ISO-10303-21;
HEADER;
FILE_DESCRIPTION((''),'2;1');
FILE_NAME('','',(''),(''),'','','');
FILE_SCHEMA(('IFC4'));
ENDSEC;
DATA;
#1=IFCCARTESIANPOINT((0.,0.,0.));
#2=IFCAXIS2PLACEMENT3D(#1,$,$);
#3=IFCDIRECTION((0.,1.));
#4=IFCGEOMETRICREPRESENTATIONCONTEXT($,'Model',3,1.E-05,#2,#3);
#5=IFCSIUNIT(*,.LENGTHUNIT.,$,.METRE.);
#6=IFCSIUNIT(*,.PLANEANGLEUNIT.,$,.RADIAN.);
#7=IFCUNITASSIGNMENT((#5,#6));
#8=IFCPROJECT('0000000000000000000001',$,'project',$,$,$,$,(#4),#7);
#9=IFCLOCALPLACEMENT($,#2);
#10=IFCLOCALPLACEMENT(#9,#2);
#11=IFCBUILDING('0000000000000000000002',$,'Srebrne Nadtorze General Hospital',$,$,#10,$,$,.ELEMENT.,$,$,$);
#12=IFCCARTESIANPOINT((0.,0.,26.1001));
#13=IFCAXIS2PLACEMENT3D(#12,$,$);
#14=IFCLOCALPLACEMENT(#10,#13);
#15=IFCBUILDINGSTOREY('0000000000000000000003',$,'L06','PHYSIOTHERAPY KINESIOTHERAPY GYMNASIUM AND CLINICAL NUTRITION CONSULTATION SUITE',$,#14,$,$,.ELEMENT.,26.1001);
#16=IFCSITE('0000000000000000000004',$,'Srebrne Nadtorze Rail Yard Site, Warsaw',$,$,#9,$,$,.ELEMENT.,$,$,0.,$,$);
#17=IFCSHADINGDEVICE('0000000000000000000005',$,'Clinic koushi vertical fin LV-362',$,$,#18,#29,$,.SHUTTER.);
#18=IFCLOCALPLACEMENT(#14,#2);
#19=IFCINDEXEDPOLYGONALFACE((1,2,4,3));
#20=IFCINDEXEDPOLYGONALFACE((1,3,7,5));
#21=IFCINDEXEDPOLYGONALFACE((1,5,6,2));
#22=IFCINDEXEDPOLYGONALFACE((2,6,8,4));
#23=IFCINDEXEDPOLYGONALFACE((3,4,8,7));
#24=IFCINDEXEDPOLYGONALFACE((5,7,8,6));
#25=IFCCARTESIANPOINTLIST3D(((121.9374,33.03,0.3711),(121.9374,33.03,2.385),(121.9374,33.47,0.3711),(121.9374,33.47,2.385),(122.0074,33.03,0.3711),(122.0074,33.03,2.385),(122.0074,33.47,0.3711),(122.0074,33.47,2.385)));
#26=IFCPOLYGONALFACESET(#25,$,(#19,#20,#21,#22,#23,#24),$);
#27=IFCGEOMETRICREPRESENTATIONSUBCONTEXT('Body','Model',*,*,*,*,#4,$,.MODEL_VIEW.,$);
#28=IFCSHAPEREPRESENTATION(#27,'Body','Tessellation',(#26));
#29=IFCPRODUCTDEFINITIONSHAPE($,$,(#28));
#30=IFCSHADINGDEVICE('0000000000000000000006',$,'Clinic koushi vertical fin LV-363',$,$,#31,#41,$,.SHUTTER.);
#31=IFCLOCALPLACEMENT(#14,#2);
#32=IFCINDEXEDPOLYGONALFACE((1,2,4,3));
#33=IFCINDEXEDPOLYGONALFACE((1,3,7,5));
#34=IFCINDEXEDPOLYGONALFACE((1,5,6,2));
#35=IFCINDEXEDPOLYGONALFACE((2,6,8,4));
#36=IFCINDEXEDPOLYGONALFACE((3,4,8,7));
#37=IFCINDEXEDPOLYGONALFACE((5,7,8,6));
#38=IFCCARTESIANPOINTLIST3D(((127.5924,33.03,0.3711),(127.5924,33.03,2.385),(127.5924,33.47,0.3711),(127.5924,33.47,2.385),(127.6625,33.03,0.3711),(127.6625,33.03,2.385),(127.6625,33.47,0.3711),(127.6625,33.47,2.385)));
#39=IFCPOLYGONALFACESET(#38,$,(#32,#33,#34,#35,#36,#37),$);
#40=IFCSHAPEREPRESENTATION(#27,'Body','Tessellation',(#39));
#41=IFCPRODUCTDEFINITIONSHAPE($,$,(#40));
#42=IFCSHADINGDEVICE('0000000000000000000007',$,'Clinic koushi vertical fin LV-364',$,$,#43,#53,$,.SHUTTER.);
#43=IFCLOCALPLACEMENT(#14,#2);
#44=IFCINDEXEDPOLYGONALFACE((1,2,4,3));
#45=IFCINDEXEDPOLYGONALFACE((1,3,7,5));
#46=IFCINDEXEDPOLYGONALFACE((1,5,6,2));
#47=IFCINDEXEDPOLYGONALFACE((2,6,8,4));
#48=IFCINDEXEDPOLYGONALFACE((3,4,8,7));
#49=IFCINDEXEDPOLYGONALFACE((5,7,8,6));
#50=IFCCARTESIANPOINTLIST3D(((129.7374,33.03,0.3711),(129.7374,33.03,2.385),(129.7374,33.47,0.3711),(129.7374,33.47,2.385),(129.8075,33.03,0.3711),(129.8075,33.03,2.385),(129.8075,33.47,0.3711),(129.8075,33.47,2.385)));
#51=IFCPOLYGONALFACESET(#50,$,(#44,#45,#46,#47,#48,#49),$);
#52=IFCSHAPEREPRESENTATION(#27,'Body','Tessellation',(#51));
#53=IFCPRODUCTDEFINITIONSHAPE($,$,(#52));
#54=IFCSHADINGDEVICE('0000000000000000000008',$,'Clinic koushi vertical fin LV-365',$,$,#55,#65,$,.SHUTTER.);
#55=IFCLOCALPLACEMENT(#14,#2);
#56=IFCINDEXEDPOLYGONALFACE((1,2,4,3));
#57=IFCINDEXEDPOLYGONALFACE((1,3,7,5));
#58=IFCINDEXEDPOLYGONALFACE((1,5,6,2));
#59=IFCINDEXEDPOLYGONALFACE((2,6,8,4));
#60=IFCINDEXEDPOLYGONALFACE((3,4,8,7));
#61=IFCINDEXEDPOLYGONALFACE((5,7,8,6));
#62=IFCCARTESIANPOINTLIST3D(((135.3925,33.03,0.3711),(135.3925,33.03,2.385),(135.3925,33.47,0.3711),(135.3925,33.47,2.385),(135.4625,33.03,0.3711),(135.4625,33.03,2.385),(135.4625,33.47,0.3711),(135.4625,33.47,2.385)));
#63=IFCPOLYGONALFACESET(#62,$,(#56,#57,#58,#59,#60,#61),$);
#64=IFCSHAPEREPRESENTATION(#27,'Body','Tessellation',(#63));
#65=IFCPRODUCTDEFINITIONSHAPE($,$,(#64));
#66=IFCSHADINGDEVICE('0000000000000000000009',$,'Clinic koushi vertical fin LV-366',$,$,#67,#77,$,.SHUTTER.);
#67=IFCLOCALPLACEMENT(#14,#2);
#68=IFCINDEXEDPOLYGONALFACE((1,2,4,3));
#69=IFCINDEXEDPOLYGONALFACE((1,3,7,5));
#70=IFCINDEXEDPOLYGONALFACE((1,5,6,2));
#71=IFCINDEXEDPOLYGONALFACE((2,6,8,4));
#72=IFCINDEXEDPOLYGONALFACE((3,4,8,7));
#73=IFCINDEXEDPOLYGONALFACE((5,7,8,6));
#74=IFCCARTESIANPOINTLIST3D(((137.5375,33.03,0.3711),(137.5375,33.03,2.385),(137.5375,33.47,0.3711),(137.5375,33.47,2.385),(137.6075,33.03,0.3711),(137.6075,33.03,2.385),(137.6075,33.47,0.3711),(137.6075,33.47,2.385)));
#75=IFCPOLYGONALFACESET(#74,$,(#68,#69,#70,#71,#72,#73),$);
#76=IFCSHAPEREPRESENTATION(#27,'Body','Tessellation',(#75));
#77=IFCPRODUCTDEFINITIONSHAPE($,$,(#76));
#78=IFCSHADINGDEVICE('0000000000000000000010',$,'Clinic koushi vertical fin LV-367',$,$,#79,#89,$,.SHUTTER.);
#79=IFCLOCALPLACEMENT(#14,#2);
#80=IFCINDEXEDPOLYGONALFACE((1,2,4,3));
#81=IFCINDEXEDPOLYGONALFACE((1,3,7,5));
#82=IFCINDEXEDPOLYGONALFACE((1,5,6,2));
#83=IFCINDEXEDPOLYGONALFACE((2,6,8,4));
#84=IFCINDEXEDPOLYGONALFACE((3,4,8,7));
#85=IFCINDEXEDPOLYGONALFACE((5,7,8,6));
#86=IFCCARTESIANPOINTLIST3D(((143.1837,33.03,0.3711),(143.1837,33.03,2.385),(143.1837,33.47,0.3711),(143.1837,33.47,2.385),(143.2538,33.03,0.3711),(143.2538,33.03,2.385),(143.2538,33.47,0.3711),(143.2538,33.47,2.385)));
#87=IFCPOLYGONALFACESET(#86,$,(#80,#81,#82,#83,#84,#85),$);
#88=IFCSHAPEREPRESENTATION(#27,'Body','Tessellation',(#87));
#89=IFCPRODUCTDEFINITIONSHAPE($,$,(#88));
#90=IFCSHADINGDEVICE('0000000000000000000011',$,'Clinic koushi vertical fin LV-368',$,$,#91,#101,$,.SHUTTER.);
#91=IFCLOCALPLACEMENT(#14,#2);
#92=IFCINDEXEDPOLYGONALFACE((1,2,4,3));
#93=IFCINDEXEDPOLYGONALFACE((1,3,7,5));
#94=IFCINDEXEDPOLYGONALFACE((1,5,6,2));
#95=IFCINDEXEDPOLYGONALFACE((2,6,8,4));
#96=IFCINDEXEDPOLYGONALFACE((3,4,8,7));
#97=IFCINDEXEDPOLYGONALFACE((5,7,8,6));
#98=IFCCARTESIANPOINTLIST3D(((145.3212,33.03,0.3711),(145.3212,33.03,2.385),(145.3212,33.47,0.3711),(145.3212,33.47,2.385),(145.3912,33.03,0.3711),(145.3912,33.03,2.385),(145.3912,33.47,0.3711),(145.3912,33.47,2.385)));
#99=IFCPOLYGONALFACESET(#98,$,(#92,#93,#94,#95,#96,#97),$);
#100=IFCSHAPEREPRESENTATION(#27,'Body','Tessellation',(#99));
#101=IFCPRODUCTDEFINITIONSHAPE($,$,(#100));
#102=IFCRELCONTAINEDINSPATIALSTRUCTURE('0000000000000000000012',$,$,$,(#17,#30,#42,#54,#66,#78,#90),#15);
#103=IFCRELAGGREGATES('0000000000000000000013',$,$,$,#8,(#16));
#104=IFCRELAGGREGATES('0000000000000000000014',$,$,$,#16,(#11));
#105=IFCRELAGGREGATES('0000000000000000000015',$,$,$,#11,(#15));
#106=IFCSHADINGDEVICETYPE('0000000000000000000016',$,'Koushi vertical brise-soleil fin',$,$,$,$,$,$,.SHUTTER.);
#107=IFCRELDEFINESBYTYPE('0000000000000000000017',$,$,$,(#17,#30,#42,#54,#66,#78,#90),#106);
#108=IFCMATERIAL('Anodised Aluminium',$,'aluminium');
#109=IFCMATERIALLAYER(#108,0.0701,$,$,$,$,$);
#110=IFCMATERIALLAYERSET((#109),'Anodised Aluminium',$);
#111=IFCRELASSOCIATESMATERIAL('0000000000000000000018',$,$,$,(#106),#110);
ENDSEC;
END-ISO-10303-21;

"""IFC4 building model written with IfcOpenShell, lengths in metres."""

from ifc_helpers import new_model, si_unit, direction, frame, origin, origin_2d, place, context, subcontext, project, spatial, rectangle, extrude, material, layer, layer_set, type_object, element, save


model = new_model("IFC4")

# Units and contexts
model_context = context("Model", 3, precision=1e-05, world=origin(), true_north=direction((0.0, 1.0)))
body_context = subcontext(model_context, "Body", "Model", "MODEL_VIEW")
ifc_project = project(units=[si_unit("LENGTHUNIT", "METRE"), si_unit("PLANEANGLEUNIT", "RADIAN")], contexts=[model_context])

# Site, building, storey
site_placement = place(None, origin())
site = spatial("IfcSite", under=ifc_project, at=site_placement, Name="Srebrne Nadtorze Rail Yard Site, Warsaw", CompositionType="ELEMENT", RefElevation=0.0)
building_placement = place(site_placement, origin())
building = spatial("IfcBuilding", under=site, at=building_placement, Name="Srebrne Nadtorze General Hospital", CompositionType="ELEMENT")
storey_placement = place(building_placement, frame((0.0, 0.0, 26.1001)))
storey = spatial("IfcBuildingStorey", under=building, at=storey_placement, Name="L06", Description="PHYSIOTHERAPY KINESIOTHERAPY GYMNASIUM AND CLINICAL NUTRITION CONSULTATION SUITE", CompositionType="ELEMENT", Elevation=26.1001)

# Shading devices
ifc_material_1 = material(Name="Anodised Aluminium", Category="aluminium")
ifc_layer_1 = layer(ifc_material_1, 0.0701)
ifc_layer_set_1 = layer_set([ifc_layer_1], Name="Anodised Aluminium")
shading_device_type = type_object("IfcShadingDeviceType", Name="Koushi vertical brise-soleil fin", PredefinedType="SHUTTER", material=ifc_layer_set_1)
for number, where, z_axis, x_axis, name in (
    (1, (121.9724, 33.25, 0.3711), (0.0, 0.0, 1.0), (1.0, 0.0, 0.0), "Clinic koushi vertical fin LV-362"),
    (2, (127.6274, 33.25, 0.3711), (0.0, 0.0, 1.0), (1.0, 0.0, 0.0), "Clinic koushi vertical fin LV-363"),
    (3, (129.7725, 33.25, 0.3711), (0.0, 0.0, 1.0), (1.0, 0.0, 0.0), "Clinic koushi vertical fin LV-364"),
    (4, (135.4275, 33.25, 0.3711), (0.0, 0.0, 1.0), (1.0, 0.0, 0.0), "Clinic koushi vertical fin LV-365"),
    (5, (137.5725, 33.25, 0.3711), (0.0, 0.0, 1.0), (1.0, 0.0, 0.0), "Clinic koushi vertical fin LV-366"),
    (6, (143.2188, 33.25, 0.3711), (0.0, 0.0, 1.0), (1.0, 0.0, 0.0), "Clinic koushi vertical fin LV-367"),
    (7, (145.3562, 33.25, 0.3711), (0.0, 0.0, 1.0), (1.0, 0.0, 0.0), "Clinic koushi vertical fin LV-368"),
):
    element("IfcShadingDevice", number, at=place(storey_placement, frame(where, z_axis=z_axis, x_axis=x_axis)), inside=storey, type_object=shading_device_type, Name=name, PredefinedType="SHUTTER", context=body_context, shape_type="SweptSolid", body=[
        extrude(rectangle(XDim=0.0701, YDim=0.4399, at=origin_2d()), origin(), (0.0, 0.0, 1.0), 2.0139),
    ])

save(model, "model.ifc")
